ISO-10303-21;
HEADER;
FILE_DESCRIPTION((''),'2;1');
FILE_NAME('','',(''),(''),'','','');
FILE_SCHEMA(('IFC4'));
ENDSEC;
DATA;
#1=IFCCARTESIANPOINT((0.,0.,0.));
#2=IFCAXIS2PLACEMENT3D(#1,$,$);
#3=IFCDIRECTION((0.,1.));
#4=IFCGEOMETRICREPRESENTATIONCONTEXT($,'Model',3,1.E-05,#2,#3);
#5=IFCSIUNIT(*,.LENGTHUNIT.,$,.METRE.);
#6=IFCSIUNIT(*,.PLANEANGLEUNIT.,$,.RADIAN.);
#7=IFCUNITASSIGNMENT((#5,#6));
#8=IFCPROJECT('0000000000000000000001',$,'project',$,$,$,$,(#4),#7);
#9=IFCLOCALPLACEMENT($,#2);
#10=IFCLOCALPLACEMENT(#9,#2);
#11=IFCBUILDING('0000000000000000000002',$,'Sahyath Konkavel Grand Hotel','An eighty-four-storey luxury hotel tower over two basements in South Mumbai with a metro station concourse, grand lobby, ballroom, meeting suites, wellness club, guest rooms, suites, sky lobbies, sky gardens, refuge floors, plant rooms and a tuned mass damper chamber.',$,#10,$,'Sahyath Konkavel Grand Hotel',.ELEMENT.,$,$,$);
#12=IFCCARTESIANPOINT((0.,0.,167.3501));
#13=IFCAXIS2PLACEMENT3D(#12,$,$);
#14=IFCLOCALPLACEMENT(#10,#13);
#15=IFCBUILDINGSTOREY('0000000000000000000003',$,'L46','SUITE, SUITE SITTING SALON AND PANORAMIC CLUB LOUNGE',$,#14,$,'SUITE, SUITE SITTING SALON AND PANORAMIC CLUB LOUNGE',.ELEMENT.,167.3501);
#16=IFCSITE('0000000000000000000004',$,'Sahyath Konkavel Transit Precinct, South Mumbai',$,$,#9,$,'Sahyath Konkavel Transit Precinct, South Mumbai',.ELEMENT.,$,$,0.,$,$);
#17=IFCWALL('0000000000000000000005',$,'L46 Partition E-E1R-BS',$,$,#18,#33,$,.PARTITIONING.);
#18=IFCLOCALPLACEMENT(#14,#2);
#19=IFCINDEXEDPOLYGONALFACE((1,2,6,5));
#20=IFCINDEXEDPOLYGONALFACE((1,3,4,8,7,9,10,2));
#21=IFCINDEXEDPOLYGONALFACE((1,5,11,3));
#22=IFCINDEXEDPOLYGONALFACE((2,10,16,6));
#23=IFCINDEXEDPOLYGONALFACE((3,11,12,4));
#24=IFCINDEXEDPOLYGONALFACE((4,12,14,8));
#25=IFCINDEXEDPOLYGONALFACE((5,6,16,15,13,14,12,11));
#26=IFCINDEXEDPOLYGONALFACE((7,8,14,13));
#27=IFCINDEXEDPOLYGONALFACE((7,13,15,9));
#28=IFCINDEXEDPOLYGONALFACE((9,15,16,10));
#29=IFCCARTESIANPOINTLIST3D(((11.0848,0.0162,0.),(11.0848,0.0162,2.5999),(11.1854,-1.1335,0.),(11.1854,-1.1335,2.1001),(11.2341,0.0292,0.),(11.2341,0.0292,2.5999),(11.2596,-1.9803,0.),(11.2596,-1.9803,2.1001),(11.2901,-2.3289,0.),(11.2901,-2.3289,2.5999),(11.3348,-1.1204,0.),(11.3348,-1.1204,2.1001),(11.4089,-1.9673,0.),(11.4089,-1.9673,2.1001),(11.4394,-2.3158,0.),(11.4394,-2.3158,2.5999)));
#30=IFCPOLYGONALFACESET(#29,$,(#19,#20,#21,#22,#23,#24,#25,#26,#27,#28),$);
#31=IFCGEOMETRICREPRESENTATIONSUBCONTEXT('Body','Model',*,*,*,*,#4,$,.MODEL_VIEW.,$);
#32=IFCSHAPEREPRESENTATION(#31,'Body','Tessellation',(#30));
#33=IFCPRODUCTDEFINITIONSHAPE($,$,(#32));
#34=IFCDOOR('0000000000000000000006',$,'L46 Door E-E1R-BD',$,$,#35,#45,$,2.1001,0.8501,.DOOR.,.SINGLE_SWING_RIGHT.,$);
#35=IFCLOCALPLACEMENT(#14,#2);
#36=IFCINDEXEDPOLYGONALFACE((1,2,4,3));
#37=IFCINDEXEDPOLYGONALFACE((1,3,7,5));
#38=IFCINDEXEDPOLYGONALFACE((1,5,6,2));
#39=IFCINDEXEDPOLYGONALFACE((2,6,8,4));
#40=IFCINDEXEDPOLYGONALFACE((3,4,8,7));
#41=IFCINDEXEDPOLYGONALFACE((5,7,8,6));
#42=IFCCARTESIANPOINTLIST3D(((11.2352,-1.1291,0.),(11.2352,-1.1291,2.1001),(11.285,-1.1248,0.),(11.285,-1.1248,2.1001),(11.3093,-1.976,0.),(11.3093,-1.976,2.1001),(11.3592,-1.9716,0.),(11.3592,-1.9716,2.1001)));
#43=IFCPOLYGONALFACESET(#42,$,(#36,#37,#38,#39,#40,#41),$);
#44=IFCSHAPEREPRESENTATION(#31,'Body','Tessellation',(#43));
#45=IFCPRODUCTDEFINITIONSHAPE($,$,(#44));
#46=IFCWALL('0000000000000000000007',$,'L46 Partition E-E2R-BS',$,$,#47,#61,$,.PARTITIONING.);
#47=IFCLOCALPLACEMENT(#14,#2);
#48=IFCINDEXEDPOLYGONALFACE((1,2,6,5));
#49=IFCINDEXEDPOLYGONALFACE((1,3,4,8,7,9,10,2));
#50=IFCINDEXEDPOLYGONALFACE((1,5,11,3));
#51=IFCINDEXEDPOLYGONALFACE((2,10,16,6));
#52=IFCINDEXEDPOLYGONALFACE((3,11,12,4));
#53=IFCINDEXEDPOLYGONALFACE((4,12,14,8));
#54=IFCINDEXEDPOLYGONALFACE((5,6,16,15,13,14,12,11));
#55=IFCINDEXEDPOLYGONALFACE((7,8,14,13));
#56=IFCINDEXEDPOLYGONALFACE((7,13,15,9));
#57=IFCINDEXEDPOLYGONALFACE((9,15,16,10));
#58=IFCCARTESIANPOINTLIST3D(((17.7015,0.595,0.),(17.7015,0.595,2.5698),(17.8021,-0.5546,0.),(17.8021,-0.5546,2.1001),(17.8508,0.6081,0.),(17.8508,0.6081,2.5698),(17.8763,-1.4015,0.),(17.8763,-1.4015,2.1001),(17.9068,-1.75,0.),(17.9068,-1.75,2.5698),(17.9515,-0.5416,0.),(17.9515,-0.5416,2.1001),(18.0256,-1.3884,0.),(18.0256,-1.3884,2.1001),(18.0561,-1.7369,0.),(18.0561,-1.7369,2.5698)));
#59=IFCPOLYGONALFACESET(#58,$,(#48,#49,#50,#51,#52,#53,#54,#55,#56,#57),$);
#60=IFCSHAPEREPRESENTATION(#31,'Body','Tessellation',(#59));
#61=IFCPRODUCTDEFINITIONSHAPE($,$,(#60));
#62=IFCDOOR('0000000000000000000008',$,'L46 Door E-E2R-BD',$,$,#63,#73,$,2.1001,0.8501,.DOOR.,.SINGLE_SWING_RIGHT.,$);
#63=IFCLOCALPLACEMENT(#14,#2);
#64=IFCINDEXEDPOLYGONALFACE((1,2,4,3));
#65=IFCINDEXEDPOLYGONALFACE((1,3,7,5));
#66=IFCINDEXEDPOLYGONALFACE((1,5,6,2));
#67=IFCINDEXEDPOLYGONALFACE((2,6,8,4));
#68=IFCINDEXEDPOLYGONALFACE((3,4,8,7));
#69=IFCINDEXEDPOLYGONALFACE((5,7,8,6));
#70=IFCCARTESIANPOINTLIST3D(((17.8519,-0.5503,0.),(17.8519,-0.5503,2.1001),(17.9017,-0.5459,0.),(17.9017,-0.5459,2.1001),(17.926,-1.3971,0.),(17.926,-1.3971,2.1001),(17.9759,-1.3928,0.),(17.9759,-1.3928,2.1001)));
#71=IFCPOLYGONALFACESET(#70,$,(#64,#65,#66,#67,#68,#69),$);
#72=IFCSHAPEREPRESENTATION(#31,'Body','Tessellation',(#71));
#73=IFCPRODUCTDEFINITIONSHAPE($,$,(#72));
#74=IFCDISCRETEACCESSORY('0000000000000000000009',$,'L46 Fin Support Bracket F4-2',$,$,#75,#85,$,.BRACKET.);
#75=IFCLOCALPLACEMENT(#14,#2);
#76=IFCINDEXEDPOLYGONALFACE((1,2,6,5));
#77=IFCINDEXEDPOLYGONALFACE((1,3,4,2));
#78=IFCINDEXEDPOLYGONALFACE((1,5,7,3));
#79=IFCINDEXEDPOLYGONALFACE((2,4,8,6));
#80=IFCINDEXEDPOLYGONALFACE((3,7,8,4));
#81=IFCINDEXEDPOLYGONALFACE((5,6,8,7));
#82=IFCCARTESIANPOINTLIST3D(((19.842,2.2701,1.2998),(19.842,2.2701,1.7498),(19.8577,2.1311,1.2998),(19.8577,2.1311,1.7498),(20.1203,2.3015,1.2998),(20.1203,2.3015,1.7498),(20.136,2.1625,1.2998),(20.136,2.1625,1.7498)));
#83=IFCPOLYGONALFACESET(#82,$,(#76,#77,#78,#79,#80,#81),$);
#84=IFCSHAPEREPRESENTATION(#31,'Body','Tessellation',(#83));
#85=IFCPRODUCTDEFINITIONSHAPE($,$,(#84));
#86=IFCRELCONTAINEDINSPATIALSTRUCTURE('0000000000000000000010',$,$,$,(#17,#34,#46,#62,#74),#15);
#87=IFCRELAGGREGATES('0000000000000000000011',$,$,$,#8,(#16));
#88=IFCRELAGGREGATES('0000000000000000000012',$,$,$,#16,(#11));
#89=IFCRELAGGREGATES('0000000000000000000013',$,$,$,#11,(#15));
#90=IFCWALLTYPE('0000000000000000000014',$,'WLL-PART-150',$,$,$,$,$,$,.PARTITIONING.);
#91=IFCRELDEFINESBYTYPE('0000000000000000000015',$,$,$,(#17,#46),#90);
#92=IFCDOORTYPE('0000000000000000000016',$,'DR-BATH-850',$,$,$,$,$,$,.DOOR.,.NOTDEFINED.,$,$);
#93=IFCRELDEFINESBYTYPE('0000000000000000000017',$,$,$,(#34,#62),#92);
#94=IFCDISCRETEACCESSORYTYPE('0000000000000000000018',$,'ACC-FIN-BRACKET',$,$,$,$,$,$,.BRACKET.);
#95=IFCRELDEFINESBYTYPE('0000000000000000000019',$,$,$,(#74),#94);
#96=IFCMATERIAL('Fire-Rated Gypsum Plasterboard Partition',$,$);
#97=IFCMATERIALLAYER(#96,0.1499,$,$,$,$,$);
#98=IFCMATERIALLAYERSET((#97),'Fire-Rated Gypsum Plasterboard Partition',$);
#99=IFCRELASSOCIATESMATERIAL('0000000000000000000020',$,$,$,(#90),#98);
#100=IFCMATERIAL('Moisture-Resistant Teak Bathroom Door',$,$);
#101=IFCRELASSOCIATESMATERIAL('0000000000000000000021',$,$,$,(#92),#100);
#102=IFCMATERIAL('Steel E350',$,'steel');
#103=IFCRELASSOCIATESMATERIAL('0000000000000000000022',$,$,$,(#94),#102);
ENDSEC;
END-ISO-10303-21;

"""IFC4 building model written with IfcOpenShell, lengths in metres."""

from ifc_helpers import new_model, si_unit, direction, frame, frame_2d, origin, origin_2d, place, context, subcontext, project, spatial, rectangle, extrude, source, transform, mapped, material, layer, layer_set, type_object, element, fill, save


model = new_model("IFC4")

# Units and contexts
model_context = context("Model", 3, precision=1e-05, world=origin(), true_north=direction((0.0, 1.0)))
body_context = subcontext(model_context, "Body", "Model", "MODEL_VIEW")
ifc_project = project(units=[si_unit("LENGTHUNIT", "METRE"), si_unit("PLANEANGLEUNIT", "RADIAN")], contexts=[model_context])

# Site, building, storey
site_placement = place(None, origin())
site = spatial("IfcSite", under=ifc_project, at=site_placement, Name="Sahyath Konkavel Transit Precinct, South Mumbai", LongName="Sahyath Konkavel Transit Precinct, South Mumbai", CompositionType="ELEMENT", RefElevation=0.0)
building_placement = place(site_placement, origin())
building = spatial("IfcBuilding", under=site, at=building_placement, Name="Sahyath Konkavel Grand Hotel", Description="An eighty-four-storey luxury hotel tower over two basements in South Mumbai with a metro station concourse, grand lobby, ballroom, meeting suites, wellness club, guest rooms, suites, sky lobbies, sky gardens, refuge floors, plant rooms and a tuned mass damper chamber.", LongName="Sahyath Konkavel Grand Hotel", CompositionType="ELEMENT")
storey_placement = place(building_placement, frame((0.0, 0.0, 167.3501)))
storey = spatial("IfcBuildingStorey", under=building, at=storey_placement, Name="L46", Description="SUITE, SUITE SITTING SALON AND PANORAMIC CLUB LOUNGE", LongName="SUITE, SUITE SITTING SALON AND PANORAMIC CLUB LOUNGE", CompositionType="ELEMENT", Elevation=167.3501)

# Shared definitions
ifc_material_1 = material(Name="Steel E350", Category="steel")

# Shared definitions
ifc_material_2 = material(Name="Fire-Rated Gypsum Plasterboard Partition")
ifc_layer_1 = layer(ifc_material_2, 0.1499)
ifc_layer_set_1 = layer_set([ifc_layer_1], Name="Fire-Rated Gypsum Plasterboard Partition")
wall_type_1 = type_object("IfcWallType", Name="WLL-PART-150", PredefinedType="PARTITIONING", material=ifc_layer_set_1)
ifc_material_3 = material(Name="Moisture-Resistant Teak Bathroom Door")
door_type = type_object("IfcDoorType", Name="DR-BATH-850", OperationType="NOTDEFINED", PredefinedType="DOOR", material=ifc_material_3)
shared_shape_1 = source(origin(), body_context, "Body", "SweptSolid", [
    extrude(rectangle(XDim=0.8501, YDim=0.05, at=origin_2d()), origin(), (0.0, 0.0, 1.0), 2.1001),
])

# Walls, openings, doors
wall_1_placement = place(storey_placement, frame((11.1594, 0.0227, 0.0), z_axis=(0.0, 0.0, 1.0), x_axis=(0.087225, -0.996189, 0.0)))
wall_1 = element("IfcWall", 1, at=wall_1_placement, inside=storey, type_object=wall_type_1, Name="L46 Partition E-E1R-BS", PredefinedType="PARTITIONING", context=body_context, shape_type="SweptSolid", body=[
    extrude(rectangle(XDim=2.354, YDim=0.1499, at=frame_2d((1.177, 0.0))), origin(), (0.0, 0.0, 1.0), 2.5999),
])
opening_1_placement = place(wall_1_placement, frame((1.1541, 0.0, 0.0)))
opening_1 = element("IfcOpeningElement", 2, at=opening_1_placement, cuts=wall_1, PredefinedType="OPENING", context=body_context, shape_type="SweptSolid", body=[
    extrude(rectangle(XDim=0.8501, YDim=2.1001, at=frame_2d((0.425, 1.05))), frame((0.0, 0.085, 0.0), z_axis=(0.0, -1.0, 0.0), x_axis=(1.0, 0.0, 0.0)), (0.0, 0.0, 1.0), 0.1699),
])
door_1_placement = place(opening_1_placement, frame((0.425, 0.0, 0.0)))
door_1 = element("IfcDoor", 3, at=door_1_placement, inside=storey, type_object=door_type, Name="L46 Door E-E1R-BD", OperationType="SINGLE_SWING_RIGHT", OverallHeight=2.1001, OverallWidth=0.8501, PredefinedType="DOOR", context=body_context, shape_type="MappedRepresentation", body=[
    mapped(shared_shape_1, transform((0.0, 0.0, 0.0), scale=1.0)),
])
fill(opening_1, door_1)
wall_2_placement = place(storey_placement, frame((17.7761, 0.6016, 0.0), z_axis=(0.0, 0.0, 1.0), x_axis=(0.087225, -0.996189, 0.0)))
wall_2 = element("IfcWall", 4, at=wall_2_placement, inside=storey, type_object=wall_type_1, Name="L46 Partition E-E2R-BS", PredefinedType="PARTITIONING", context=body_context, shape_type="SweptSolid", body=[
    extrude(rectangle(XDim=2.354, YDim=0.1499, at=frame_2d((1.177, 0.0))), origin(), (0.0, 0.0, 1.0), 2.5698),
])
opening_2_placement = place(wall_2_placement, frame((1.1541, 0.0, 0.0)))
opening_2 = element("IfcOpeningElement", 5, at=opening_2_placement, cuts=wall_2, PredefinedType="OPENING", context=body_context, shape_type="SweptSolid", body=[
    extrude(rectangle(XDim=0.8501, YDim=2.1001, at=frame_2d((0.425, 1.05))), frame((0.0, 0.085, 0.0), z_axis=(0.0, -1.0, 0.0), x_axis=(1.0, 0.0, 0.0)), (0.0, 0.0, 1.0), 0.1699),
])
door_2_placement = place(opening_2_placement, frame((0.425, 0.0, 0.0)))
door_2 = element("IfcDoor", 6, at=door_2_placement, inside=storey, type_object=door_type, Name="L46 Door E-E2R-BD", OperationType="SINGLE_SWING_RIGHT", OverallHeight=2.1001, OverallWidth=0.8501, PredefinedType="DOOR", context=body_context, shape_type="MappedRepresentation", body=[
    mapped(shared_shape_1, transform((0.0, 0.0, 0.0), scale=1.0)),
])
fill(opening_2, door_2)

# Discrete accessory
discrete_accessory_type = type_object("IfcDiscreteAccessoryType", Name="ACC-FIN-BRACKET", PredefinedType="BRACKET", material=ifc_material_1)
shared_shape_2 = source(origin(), body_context, "Body", "SweptSolid", [
    extrude(rectangle(XDim=0.28, YDim=0.1399, at=origin_2d()), origin(), (0.0, 0.0, 1.0), 0.45),
])
discrete_accessory_placement = place(storey_placement, frame((19.989, 2.2163, 1.2998), z_axis=(0.0, 0.0, 1.0), x_axis=(0.993709, 0.111989, 0.0)))
element("IfcDiscreteAccessory", 7, at=discrete_accessory_placement, inside=storey, type_object=discrete_accessory_type, Name="L46 Fin Support Bracket F4-2", PredefinedType="BRACKET", context=body_context, shape_type="MappedRepresentation", body=[
    mapped(shared_shape_2, transform((0.0, 0.0, 0.0), scale=1.0)),
])

save(model, "model.ifc")
